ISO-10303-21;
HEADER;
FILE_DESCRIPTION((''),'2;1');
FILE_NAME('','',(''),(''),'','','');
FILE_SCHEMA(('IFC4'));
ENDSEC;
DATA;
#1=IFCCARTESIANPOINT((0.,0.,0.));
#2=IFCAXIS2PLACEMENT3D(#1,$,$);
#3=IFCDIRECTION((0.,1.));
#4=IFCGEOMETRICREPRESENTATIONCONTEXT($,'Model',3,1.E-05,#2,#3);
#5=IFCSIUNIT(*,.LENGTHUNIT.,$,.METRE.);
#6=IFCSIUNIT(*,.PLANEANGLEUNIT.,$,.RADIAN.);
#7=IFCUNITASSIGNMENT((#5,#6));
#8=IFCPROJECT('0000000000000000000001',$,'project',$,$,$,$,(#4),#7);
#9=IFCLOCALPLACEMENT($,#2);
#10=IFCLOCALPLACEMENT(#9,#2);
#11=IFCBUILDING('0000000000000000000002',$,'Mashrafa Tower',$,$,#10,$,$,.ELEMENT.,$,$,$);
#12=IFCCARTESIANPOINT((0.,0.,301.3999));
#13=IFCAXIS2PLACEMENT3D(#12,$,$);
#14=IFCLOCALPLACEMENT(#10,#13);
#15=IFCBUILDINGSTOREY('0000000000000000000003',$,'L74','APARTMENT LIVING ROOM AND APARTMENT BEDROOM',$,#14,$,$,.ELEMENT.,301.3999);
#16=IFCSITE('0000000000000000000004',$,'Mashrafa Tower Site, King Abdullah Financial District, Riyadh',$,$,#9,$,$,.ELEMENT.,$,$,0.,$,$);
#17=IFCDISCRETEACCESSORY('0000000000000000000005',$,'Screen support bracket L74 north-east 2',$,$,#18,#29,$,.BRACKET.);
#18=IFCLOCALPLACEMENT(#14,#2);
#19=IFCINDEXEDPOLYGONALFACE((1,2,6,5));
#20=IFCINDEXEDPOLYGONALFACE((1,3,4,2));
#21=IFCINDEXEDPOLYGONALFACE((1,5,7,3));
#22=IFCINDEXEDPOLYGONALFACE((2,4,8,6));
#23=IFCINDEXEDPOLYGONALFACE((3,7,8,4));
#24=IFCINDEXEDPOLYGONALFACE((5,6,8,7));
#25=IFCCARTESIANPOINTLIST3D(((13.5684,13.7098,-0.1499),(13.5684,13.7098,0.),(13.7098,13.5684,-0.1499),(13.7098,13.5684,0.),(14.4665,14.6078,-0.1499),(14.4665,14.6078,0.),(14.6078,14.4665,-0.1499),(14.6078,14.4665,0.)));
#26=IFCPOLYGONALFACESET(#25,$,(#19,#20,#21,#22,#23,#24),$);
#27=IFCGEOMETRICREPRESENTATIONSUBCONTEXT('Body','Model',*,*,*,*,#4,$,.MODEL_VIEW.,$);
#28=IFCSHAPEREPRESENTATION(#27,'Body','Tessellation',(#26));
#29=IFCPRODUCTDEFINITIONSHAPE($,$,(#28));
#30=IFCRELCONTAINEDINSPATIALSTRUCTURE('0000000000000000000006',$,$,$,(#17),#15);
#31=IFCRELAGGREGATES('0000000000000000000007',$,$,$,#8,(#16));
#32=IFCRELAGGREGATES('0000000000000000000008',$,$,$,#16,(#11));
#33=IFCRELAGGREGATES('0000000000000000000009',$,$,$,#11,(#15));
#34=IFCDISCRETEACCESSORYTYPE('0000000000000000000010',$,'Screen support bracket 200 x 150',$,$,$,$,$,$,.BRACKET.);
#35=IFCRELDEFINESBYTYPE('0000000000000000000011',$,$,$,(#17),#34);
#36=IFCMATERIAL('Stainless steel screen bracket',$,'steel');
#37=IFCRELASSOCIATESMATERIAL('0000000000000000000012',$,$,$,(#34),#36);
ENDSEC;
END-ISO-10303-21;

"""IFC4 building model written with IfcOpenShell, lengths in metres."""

from ifc_helpers import new_model, si_unit, direction, frame, origin, origin_2d, place, context, subcontext, project, spatial, rectangle, extrude, source, transform, mapped, material, type_object, type_shapes, element, save


model = new_model("IFC4")

# Units and contexts
model_context = context("Model", 3, precision=1e-05, world=origin(), true_north=direction((0.0, 1.0)))
body_context = subcontext(model_context, "Body", "Model", "MODEL_VIEW")
ifc_project = project(units=[si_unit("LENGTHUNIT", "METRE"), si_unit("PLANEANGLEUNIT", "RADIAN")], contexts=[model_context])

# Site, building, storey
site_placement = place(None, origin())
site = spatial("IfcSite", under=ifc_project, at=site_placement, Name="Mashrafa Tower Site, King Abdullah Financial District, Riyadh", CompositionType="ELEMENT", RefElevation=0.0)
building_placement = place(site_placement, origin())
building = spatial("IfcBuilding", under=site, at=building_placement, Name="Mashrafa Tower", CompositionType="ELEMENT")
storey_placement = place(building_placement, frame((0.0, 0.0, 301.3999)))
storey = spatial("IfcBuildingStorey", under=building, at=storey_placement, Name="L74", Description="APARTMENT LIVING ROOM AND APARTMENT BEDROOM", CompositionType="ELEMENT", Elevation=301.3999)

# Discrete accessory
ifc_material_1 = material(Name="Stainless steel screen bracket", Category="steel")
discrete_accessory_type = type_object("IfcDiscreteAccessoryType", Name="Screen support bracket 200 x 150", PredefinedType="BRACKET", material=ifc_material_1)
shared_shape_1 = source(origin(), body_context, "Body", "SweptSolid", [
    extrude(rectangle(XDim=0.2, YDim=1.27, at=origin_2d()), origin(), (0.0, 0.0, 1.0), 0.1499),
])
type_shapes(discrete_accessory_type, [shared_shape_1])
for number, where, z_axis, x_axis, name in (
    (1, (14.0881, 14.0881, -0.1499), (0.0, 0.0, 1.0), (-0.707107, 0.707107, 0.0), "Screen support bracket L74 north-east 2"),
):
    element("IfcDiscreteAccessory", number, at=place(storey_placement, frame(where, z_axis=z_axis, x_axis=x_axis)), inside=storey, type_object=discrete_accessory_type, Name=name, PredefinedType="BRACKET", context=body_context, shape_type="MappedRepresentation", body=[
        mapped(shared_shape_1, transform((0.0, 0.0, 0.0))),
    ])

save(model, "model.ifc")
